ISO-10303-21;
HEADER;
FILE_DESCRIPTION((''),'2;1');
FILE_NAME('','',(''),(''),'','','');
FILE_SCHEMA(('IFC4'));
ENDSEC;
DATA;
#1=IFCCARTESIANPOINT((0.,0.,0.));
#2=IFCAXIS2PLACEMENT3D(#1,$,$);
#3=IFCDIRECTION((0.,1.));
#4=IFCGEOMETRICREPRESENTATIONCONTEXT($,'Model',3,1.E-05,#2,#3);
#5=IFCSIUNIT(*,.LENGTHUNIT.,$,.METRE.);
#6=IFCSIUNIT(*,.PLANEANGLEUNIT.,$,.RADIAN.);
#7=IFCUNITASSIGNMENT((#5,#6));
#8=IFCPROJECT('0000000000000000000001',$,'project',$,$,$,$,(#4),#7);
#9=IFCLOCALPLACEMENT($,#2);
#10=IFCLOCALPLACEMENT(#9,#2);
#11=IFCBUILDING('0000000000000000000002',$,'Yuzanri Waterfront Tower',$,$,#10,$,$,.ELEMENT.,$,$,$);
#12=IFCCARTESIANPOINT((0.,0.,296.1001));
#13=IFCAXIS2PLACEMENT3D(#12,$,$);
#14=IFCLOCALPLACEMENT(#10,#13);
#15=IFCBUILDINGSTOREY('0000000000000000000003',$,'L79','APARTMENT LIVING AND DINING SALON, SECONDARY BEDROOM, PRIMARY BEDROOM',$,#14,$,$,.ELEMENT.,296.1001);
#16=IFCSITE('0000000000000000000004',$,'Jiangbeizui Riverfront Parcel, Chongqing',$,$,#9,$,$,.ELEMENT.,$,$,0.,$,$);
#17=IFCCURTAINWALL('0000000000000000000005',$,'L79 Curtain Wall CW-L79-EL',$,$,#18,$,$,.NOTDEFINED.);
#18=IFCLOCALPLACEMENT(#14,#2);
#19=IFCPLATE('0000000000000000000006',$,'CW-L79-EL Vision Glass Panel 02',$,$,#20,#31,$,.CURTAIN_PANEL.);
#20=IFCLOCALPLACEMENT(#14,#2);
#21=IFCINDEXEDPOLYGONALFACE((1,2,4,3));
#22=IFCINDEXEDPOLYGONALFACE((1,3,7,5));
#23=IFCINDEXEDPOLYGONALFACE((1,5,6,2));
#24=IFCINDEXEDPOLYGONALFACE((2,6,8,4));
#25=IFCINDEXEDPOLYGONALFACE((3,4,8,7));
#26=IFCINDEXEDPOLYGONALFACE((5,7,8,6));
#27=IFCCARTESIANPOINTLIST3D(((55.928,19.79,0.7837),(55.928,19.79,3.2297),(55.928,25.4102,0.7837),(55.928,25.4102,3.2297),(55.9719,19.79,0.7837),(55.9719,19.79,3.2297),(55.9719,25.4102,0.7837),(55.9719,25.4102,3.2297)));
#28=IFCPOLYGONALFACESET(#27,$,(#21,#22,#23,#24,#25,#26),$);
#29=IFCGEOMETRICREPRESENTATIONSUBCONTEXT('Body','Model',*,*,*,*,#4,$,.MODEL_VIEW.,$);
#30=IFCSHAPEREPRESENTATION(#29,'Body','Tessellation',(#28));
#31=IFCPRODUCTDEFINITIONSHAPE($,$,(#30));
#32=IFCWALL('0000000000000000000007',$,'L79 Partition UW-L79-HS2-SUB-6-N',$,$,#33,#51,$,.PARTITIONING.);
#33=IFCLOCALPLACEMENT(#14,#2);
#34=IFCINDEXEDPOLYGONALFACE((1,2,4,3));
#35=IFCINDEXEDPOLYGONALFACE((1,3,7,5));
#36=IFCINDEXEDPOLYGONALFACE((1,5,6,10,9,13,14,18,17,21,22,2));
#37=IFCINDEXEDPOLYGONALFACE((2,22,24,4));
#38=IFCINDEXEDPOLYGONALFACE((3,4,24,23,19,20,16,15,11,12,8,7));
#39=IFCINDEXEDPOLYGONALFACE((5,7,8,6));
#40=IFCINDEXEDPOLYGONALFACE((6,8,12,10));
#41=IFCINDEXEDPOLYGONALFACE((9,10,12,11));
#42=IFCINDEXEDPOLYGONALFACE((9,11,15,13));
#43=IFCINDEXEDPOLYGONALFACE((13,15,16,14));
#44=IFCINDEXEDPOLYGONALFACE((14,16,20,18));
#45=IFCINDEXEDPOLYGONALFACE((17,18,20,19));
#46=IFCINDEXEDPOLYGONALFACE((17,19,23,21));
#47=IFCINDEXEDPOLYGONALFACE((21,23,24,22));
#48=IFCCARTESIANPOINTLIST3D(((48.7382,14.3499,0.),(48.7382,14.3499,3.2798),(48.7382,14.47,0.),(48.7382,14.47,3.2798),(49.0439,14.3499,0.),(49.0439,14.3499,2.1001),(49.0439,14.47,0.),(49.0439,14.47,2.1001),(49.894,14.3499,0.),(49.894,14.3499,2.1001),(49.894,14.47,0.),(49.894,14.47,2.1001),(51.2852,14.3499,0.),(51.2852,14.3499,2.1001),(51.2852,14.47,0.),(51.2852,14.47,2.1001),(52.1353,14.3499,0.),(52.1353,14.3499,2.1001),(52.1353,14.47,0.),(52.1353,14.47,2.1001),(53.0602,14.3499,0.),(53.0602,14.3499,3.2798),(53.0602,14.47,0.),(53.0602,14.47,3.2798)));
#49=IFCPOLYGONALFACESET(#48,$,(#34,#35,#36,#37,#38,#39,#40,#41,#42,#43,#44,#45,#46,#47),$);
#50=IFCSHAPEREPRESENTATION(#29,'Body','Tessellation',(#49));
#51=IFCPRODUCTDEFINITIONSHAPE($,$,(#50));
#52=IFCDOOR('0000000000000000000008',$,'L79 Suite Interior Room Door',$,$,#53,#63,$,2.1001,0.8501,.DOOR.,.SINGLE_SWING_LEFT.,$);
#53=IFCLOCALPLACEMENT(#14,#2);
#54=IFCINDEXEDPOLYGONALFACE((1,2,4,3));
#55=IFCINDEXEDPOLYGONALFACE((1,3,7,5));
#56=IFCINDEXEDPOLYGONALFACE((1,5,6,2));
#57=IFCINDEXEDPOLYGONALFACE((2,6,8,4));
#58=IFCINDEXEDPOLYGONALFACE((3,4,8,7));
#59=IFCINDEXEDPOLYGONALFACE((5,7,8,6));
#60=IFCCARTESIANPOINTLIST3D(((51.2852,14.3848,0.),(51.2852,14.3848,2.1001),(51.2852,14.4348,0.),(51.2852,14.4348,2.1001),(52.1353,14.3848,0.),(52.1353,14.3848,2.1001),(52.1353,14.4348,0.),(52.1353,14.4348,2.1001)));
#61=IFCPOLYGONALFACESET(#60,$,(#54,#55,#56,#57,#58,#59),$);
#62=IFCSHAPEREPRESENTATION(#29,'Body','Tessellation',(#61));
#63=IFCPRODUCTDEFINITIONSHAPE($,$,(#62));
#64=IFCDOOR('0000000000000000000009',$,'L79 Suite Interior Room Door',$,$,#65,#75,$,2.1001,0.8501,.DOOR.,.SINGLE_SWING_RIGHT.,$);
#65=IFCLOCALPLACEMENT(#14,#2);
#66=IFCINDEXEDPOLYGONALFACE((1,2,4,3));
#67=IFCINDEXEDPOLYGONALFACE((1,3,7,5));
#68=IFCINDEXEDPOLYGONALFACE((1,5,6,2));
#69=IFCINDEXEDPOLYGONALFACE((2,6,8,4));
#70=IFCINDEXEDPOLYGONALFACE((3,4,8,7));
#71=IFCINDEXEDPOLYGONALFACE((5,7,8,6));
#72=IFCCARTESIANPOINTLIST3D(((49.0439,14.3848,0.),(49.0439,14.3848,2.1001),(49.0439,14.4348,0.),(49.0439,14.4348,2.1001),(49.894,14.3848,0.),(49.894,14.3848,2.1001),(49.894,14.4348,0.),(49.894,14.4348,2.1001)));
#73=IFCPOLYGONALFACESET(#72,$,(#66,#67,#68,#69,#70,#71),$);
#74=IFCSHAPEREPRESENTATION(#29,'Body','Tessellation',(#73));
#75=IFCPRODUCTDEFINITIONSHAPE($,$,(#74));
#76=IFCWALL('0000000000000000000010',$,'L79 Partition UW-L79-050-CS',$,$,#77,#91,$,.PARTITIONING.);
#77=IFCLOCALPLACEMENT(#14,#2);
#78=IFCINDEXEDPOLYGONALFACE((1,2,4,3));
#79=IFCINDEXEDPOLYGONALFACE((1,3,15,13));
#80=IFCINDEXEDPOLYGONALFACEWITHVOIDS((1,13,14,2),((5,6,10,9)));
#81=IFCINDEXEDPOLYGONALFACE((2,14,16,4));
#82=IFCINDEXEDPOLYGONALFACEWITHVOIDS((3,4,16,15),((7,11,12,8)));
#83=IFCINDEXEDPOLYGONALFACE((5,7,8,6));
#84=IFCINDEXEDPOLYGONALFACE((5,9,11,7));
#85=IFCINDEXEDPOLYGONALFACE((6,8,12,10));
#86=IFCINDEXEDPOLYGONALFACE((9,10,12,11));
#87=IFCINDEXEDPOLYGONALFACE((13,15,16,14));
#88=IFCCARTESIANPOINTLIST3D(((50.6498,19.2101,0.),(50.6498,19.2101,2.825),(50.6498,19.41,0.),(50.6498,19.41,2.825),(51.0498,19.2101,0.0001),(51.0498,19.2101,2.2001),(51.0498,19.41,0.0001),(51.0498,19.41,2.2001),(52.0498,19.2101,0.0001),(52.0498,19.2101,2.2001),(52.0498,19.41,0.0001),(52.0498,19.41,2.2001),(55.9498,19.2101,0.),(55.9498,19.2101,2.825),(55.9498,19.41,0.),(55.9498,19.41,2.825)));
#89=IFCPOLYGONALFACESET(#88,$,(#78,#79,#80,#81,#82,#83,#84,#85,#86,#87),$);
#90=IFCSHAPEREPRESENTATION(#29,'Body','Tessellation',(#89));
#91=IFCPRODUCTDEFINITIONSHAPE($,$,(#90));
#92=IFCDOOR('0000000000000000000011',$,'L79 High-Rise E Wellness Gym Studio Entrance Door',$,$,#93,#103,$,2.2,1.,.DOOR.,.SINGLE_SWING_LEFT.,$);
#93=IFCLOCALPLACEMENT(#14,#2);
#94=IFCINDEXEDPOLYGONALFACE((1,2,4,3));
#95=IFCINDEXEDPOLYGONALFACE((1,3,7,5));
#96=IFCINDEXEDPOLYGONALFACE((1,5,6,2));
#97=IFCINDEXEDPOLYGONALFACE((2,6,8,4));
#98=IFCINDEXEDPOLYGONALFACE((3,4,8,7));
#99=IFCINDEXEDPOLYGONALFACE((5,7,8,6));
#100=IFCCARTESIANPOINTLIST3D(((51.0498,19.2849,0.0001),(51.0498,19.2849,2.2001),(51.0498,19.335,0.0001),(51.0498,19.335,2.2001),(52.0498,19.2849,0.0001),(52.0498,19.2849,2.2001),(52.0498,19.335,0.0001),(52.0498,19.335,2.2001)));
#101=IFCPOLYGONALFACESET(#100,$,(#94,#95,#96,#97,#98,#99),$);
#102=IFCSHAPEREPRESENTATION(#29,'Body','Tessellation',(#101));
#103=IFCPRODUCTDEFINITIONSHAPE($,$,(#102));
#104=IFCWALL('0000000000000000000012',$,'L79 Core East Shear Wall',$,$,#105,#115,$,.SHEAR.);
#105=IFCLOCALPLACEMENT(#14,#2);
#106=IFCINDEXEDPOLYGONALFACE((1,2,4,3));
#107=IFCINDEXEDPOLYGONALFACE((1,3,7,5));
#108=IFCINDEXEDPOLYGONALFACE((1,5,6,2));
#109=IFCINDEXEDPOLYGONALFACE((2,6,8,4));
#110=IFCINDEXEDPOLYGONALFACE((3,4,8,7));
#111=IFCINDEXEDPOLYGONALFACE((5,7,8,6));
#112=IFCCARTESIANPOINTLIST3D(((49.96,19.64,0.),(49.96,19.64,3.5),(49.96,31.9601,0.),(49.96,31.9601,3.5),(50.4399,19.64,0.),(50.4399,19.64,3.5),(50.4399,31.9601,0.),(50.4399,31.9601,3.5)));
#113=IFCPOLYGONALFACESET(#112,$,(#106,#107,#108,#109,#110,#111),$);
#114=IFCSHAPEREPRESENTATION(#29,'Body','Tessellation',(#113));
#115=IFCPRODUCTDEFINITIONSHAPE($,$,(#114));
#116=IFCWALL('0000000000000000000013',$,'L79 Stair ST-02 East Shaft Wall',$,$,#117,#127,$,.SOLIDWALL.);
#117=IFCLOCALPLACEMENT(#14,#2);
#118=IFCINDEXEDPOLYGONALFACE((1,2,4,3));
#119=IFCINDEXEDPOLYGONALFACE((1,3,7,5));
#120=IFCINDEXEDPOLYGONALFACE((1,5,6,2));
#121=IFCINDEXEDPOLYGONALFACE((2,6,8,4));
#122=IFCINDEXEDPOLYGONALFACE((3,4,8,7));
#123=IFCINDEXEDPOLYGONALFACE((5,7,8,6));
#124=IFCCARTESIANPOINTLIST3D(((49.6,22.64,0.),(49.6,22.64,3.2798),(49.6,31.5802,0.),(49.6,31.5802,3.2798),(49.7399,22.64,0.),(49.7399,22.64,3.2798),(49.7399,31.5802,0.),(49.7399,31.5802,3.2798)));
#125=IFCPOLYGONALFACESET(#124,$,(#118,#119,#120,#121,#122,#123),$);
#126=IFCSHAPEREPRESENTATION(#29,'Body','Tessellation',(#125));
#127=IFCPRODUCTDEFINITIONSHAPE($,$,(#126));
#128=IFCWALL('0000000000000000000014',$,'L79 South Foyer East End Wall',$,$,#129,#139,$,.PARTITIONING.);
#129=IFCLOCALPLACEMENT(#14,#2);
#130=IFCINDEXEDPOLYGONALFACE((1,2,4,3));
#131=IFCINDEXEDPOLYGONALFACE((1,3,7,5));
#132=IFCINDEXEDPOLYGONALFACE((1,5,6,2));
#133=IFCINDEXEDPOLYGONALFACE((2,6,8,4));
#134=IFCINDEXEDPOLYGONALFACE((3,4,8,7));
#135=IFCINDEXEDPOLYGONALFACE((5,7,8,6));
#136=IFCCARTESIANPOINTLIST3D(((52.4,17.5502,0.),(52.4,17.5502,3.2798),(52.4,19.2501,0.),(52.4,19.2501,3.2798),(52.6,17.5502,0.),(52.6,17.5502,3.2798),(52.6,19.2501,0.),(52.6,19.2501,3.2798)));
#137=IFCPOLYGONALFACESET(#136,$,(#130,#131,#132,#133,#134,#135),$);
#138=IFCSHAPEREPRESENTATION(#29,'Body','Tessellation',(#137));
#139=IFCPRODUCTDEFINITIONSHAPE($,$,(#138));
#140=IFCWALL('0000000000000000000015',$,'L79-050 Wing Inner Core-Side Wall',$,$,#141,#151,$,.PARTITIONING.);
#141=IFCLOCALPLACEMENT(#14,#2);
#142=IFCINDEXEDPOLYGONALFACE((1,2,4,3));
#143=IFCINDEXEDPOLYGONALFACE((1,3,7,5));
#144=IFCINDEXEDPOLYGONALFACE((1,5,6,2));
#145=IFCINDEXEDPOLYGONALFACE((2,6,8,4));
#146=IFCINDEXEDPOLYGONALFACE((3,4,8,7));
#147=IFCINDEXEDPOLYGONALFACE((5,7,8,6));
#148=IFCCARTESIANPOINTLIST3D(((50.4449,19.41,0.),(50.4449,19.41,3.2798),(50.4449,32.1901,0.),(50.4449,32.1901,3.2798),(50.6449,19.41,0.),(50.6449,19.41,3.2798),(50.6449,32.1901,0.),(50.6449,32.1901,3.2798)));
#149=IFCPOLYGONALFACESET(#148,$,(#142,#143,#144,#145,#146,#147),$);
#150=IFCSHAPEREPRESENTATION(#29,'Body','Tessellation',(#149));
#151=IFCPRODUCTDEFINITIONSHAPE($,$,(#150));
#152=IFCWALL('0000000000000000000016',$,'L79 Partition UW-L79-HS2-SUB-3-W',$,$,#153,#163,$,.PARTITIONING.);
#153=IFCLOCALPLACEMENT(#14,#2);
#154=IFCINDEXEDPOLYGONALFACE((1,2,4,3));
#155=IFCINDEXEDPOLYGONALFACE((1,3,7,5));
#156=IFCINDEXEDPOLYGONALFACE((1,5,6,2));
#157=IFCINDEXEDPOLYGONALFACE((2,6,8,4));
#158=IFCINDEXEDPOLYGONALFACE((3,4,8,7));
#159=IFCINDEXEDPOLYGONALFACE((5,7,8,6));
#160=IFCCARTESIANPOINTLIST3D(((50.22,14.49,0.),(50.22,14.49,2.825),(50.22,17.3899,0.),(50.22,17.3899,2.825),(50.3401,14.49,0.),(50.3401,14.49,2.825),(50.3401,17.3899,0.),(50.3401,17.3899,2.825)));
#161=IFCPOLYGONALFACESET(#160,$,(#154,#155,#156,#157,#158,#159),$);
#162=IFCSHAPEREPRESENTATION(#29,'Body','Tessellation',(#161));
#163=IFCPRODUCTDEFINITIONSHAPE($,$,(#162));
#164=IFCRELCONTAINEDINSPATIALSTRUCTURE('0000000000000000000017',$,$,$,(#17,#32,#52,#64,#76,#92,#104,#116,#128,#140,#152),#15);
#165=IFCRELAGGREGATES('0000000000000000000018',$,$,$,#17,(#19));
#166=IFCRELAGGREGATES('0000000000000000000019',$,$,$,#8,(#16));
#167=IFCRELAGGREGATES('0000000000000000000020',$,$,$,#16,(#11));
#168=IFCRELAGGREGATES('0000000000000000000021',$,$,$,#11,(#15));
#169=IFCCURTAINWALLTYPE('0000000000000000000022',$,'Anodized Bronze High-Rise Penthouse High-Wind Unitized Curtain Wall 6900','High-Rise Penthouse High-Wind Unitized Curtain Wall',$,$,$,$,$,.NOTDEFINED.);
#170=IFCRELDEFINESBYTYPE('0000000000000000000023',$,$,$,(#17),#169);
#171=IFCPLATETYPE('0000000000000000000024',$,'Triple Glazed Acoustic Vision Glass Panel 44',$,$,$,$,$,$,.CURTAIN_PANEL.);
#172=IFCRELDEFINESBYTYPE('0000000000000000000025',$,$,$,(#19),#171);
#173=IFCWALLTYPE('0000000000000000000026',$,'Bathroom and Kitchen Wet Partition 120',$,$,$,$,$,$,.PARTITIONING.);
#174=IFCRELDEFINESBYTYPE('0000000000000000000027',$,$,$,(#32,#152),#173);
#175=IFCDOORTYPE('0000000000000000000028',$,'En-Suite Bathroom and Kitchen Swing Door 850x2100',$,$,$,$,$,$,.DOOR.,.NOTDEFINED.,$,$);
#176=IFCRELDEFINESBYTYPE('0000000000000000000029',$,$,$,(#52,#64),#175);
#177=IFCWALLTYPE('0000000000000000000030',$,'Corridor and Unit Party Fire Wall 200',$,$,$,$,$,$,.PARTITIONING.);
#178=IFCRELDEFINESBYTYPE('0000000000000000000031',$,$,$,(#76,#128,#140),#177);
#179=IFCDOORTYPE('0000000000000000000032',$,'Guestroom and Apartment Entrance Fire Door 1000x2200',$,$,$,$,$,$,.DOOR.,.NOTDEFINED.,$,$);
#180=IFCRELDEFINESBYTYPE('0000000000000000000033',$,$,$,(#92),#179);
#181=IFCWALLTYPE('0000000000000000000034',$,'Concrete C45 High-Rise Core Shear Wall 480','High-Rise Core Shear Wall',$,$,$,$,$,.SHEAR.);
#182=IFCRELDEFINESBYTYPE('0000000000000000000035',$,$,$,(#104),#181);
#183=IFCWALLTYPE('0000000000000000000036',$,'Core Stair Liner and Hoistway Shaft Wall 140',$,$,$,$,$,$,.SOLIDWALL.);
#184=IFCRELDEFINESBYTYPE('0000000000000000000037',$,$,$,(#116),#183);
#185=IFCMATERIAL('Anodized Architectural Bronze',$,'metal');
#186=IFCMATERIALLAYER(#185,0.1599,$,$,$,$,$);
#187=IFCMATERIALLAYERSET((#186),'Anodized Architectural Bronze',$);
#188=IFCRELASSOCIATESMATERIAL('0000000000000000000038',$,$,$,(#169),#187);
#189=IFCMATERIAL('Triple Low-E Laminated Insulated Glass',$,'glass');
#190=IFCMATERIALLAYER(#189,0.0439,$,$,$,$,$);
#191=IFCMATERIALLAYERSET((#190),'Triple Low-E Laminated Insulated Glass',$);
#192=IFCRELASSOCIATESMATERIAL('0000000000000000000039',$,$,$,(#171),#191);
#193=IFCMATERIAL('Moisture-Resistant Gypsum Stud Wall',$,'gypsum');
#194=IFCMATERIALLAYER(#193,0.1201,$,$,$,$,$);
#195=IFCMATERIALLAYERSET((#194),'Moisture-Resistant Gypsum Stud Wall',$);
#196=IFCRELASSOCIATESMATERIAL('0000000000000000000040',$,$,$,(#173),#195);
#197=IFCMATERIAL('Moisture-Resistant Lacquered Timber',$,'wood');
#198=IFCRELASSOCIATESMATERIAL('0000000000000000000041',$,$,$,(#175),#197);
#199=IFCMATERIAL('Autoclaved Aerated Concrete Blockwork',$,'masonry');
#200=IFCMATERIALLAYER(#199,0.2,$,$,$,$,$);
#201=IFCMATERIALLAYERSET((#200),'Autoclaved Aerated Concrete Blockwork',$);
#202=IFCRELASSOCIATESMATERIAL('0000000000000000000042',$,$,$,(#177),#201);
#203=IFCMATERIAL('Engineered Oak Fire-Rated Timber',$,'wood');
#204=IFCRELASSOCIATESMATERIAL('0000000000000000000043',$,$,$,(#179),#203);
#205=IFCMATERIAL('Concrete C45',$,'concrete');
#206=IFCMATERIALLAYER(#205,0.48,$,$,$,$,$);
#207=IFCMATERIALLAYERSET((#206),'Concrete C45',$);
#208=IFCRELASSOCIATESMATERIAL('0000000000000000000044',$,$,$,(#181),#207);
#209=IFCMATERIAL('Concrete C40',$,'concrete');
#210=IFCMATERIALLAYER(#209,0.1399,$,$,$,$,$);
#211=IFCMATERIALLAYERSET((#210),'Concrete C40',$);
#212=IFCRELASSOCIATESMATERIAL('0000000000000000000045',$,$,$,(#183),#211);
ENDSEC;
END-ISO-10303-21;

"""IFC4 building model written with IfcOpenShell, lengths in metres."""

from ifc_helpers import new_model, si_unit, direction, frame, frame_2d, origin, origin_2d, place, context, subcontext, project, spatial, rectangle, extrude, source, transform, mapped, material, layer, layer_set, type_object, element, fill, aggregate, save


model = new_model("IFC4")

# Units and contexts
model_context = context("Model", 3, precision=1e-05, world=origin(), true_north=direction((0.0, 1.0)))
body_context = subcontext(model_context, "Body", "Model", "MODEL_VIEW")
ifc_project = project(units=[si_unit("LENGTHUNIT", "METRE"), si_unit("PLANEANGLEUNIT", "RADIAN")], contexts=[model_context])

# Site, building, storey
site_placement = place(None, origin())
site = spatial("IfcSite", under=ifc_project, at=site_placement, Name="Jiangbeizui Riverfront Parcel, Chongqing", CompositionType="ELEMENT", RefElevation=0.0)
building_placement = place(site_placement, origin())
building = spatial("IfcBuilding", under=site, at=building_placement, Name="Yuzanri Waterfront Tower", CompositionType="ELEMENT")
storey_placement = place(building_placement, frame((0.0, 0.0, 296.1001)))
storey = spatial("IfcBuildingStorey", under=building, at=storey_placement, Name="L79", Description="APARTMENT LIVING AND DINING SALON, SECONDARY BEDROOM, PRIMARY BEDROOM", CompositionType="ELEMENT", Elevation=296.1001)

# Curtain wall, plate
ifc_material_1 = material(Name="Anodized Architectural Bronze", Category="metal")
ifc_layer_1 = layer(ifc_material_1, 0.1599)
ifc_layer_set_1 = layer_set([ifc_layer_1], Name="Anodized Architectural Bronze")
curtain_wall_type = type_object("IfcCurtainWallType", Name="Anodized Bronze High-Rise Penthouse High-Wind Unitized Curtain Wall 6900", Description="High-Rise Penthouse High-Wind Unitized Curtain Wall", PredefinedType="NOTDEFINED", material=ifc_layer_set_1)
curtain_wall_placement = place(storey_placement, origin())
curtain_wall = element("IfcCurtainWall", 1, at=curtain_wall_placement, inside=storey, type_object=curtain_wall_type, Name="L79 Curtain Wall CW-L79-EL", PredefinedType="NOTDEFINED")
ifc_material_2 = material(Name="Triple Low-E Laminated Insulated Glass", Category="glass")
ifc_layer_2 = layer(ifc_material_2, 0.0439)
ifc_layer_set_2 = layer_set([ifc_layer_2], Name="Triple Low-E Laminated Insulated Glass")
plate_type_1 = type_object("IfcPlateType", Name="Triple Glazed Acoustic Vision Glass Panel 44", PredefinedType="CURTAIN_PANEL", material=ifc_layer_set_2)
shared_shape_1 = source(origin(), body_context, "Body", "SweptSolid", [
    extrude(rectangle(XDim=5.6201, YDim=0.0439, at=origin_2d()), origin(), (0.0, 0.0, 1.0), 2.446),
])
plate_1_placement = place(storey_placement, frame((55.95, 22.6001, 0.7837), z_axis=(0.0, 0.0, 1.0), x_axis=(0.0, 1.0, 0.0)))
plate_1 = element("IfcPlate", 2, at=plate_1_placement, type_object=plate_type_1, Name="CW-L79-EL Vision Glass Panel 02", PredefinedType="CURTAIN_PANEL", context=body_context, shape_type="MappedRepresentation", body=[
    mapped(shared_shape_1, transform((0.0, 0.0, 0.0), scale=1.0)),
])
aggregate(curtain_wall, [plate_1])

# Wall, openings, doors
ifc_material_3 = material(Name="Moisture-Resistant Gypsum Stud Wall", Category="gypsum")
ifc_layer_3 = layer(ifc_material_3, 0.1201)
ifc_layer_set_3 = layer_set([ifc_layer_3], Name="Moisture-Resistant Gypsum Stud Wall")
wall_type_1 = type_object("IfcWallType", Name="Bathroom and Kitchen Wet Partition 120", PredefinedType="PARTITIONING", material=ifc_layer_set_3)
wall_1_placement = place(storey_placement, frame((48.738, 14.4099, 0.0), z_axis=(0.0, 0.0, 1.0), x_axis=(1.0, 0.0, 0.0)))
wall_1 = element("IfcWall", 3, at=wall_1_placement, inside=storey, type_object=wall_type_1, Name="L79 Partition UW-L79-HS2-SUB-6-N", PredefinedType="PARTITIONING", context=body_context, shape_type="SweptSolid", body=[
    extrude(rectangle(XDim=4.322, YDim=0.1201, at=frame_2d((2.1611, 0.0))), origin(), (0.0, 0.0, 1.0), 3.2798),
])
opening_1_placement = place(wall_1_placement, frame((2.5471, 0.0, 0.0)))
opening_1 = element("IfcOpeningElement", 4, at=opening_1_placement, cuts=wall_1, PredefinedType="OPENING", context=body_context, shape_type="SweptSolid", body=[
    extrude(rectangle(XDim=0.8501, YDim=2.1001, at=frame_2d((0.425, 1.05))), frame((0.0, 0.075, 0.0), z_axis=(0.0, -1.0, 0.0), x_axis=(1.0, 0.0, 0.0)), (0.0, 0.0, 1.0), 0.1499),
])
opening_2_placement = place(wall_1_placement, frame((0.3059, 0.0, 0.0)))
opening_2 = element("IfcOpeningElement", 5, at=opening_2_placement, cuts=wall_1, PredefinedType="OPENING", context=body_context, shape_type="SweptSolid", body=[
    extrude(rectangle(XDim=0.8501, YDim=2.1001, at=frame_2d((0.425, 1.05))), frame((0.0, 0.075, 0.0), z_axis=(0.0, -1.0, 0.0), x_axis=(1.0, 0.0, 0.0)), (0.0, 0.0, 1.0), 0.1499),
])
ifc_material_4 = material(Name="Moisture-Resistant Lacquered Timber", Category="wood")
door_type_1 = type_object("IfcDoorType", Name="En-Suite Bathroom and Kitchen Swing Door 850x2100", OperationType="NOTDEFINED", PredefinedType="DOOR", material=ifc_material_4)
shared_shape_2 = source(origin(), body_context, "Body", "SweptSolid", [
    extrude(rectangle(XDim=0.8501, YDim=2.1001, at=frame_2d((0.425, 1.05))), frame((0.0, 0.0249, 0.0), z_axis=(0.0, -1.0, 0.0), x_axis=(1.0, 0.0, 0.0)), (0.0, 0.0, 1.0), 0.05),
])
door_1_placement = place(opening_1_placement, origin())
door_1 = element("IfcDoor", 6, at=door_1_placement, inside=storey, type_object=door_type_1, Name="L79 Suite Interior Room Door", OperationType="SINGLE_SWING_LEFT", OverallHeight=2.1001, OverallWidth=0.8501, PredefinedType="DOOR", context=body_context, shape_type="MappedRepresentation", body=[
    mapped(shared_shape_2, transform((0.0, 0.0, 0.0), scale=1.0)),
])
fill(opening_1, door_1)
door_2_placement = place(opening_2_placement, origin())
door_2 = element("IfcDoor", 7, at=door_2_placement, inside=storey, type_object=door_type_1, Name="L79 Suite Interior Room Door", OperationType="SINGLE_SWING_RIGHT", OverallHeight=2.1001, OverallWidth=0.8501, PredefinedType="DOOR", context=body_context, shape_type="MappedRepresentation", body=[
    mapped(shared_shape_2, transform((0.0, 0.0, 0.0), scale=1.0)),
])
fill(opening_2, door_2)

# Wall, opening, door
ifc_material_5 = material(Name="Autoclaved Aerated Concrete Blockwork", Category="masonry")
ifc_layer_4 = layer(ifc_material_5, 0.2)
ifc_layer_set_4 = layer_set([ifc_layer_4], Name="Autoclaved Aerated Concrete Blockwork")
wall_type_2 = type_object("IfcWallType", Name="Corridor and Unit Party Fire Wall 200", PredefinedType="PARTITIONING", material=ifc_layer_set_4)
wall_2_placement = place(storey_placement, frame((50.6499, 19.3101, 0.0), z_axis=(0.0, 0.0, 1.0), x_axis=(1.0, 0.0, 0.0)))
wall_2 = element("IfcWall", 8, at=wall_2_placement, inside=storey, type_object=wall_type_2, Name="L79 Partition UW-L79-050-CS", PredefinedType="PARTITIONING", context=body_context, shape_type="SweptSolid", body=[
    extrude(rectangle(XDim=5.3, YDim=0.2, at=frame_2d((2.6499, 0.0))), origin(), (0.0, 0.0, 1.0), 2.825),
])
opening_3_placement = place(wall_2_placement, frame((0.3999, 0.0, 0.0)))
opening_3 = element("IfcOpeningElement", 9, at=opening_3_placement, cuts=wall_2, PredefinedType="OPENING", context=body_context, shape_type="SweptSolid", body=[
    extrude(rectangle(XDim=1.0, YDim=2.2, at=frame_2d((0.5, 1.1001))), frame((0.0, 0.1147, 0.0), z_axis=(0.0, -1.0, 0.0), x_axis=(1.0, 0.0, 0.0)), (0.0, 0.0, 1.0), 0.2297),
])
ifc_material_6 = material(Name="Engineered Oak Fire-Rated Timber", Category="wood")
door_type_2 = type_object("IfcDoorType", Name="Guestroom and Apartment Entrance Fire Door 1000x2200", OperationType="NOTDEFINED", PredefinedType="DOOR", material=ifc_material_6)
shared_shape_3 = source(origin(), body_context, "Body", "SweptSolid", [
    extrude(rectangle(XDim=1.0, YDim=2.2, at=frame_2d((0.5, 1.1001))), frame((0.0, 0.0249, 0.0), z_axis=(0.0, -1.0, 0.0), x_axis=(1.0, 0.0, 0.0)), (0.0, 0.0, 1.0), 0.05),
])
door_3_placement = place(opening_3_placement, origin())
door_3 = element("IfcDoor", 10, at=door_3_placement, inside=storey, type_object=door_type_2, Name="L79 High-Rise E Wellness Gym Studio Entrance Door", OperationType="SINGLE_SWING_LEFT", OverallHeight=2.2, OverallWidth=1.0, PredefinedType="DOOR", context=body_context, shape_type="MappedRepresentation", body=[
    mapped(shared_shape_3, transform((0.0, 0.0, 0.0), scale=1.0)),
])
fill(opening_3, door_3)

# Walls
ifc_material_7 = material(Name="Concrete C45", Category="concrete")
ifc_layer_5 = layer(ifc_material_7, 0.48)
ifc_layer_set_5 = layer_set([ifc_layer_5], Name="Concrete C45")
wall_type_3 = type_object("IfcWallType", Name="Concrete C45 High-Rise Core Shear Wall 480", Description="High-Rise Core Shear Wall", PredefinedType="SHEAR", material=ifc_layer_set_5)
shared_shape_4 = source(origin(), body_context, "Body", "SweptSolid", [
    extrude(rectangle(XDim=12.3201, YDim=0.48, at=frame_2d((6.1602, 0.0))), origin(), (0.0, 0.0, 1.0), 3.5),
])
wall_3_placement = place(storey_placement, frame((50.2, 19.6399, 0.0), z_axis=(0.0, 0.0, 1.0), x_axis=(0.0, 1.0, 0.0)))
element("IfcWall", 11, at=wall_3_placement, inside=storey, type_object=wall_type_3, Name="L79 Core East Shear Wall", PredefinedType="SHEAR", context=body_context, shape_type="MappedRepresentation", body=[
    mapped(shared_shape_4, transform((0.0, 0.0, 0.0), scale=1.0)),
])
ifc_material_8 = material(Name="Concrete C40", Category="concrete")
ifc_layer_6 = layer(ifc_material_8, 0.1399)
ifc_layer_set_6 = layer_set([ifc_layer_6], Name="Concrete C40")
wall_type_4 = type_object("IfcWallType", Name="Core Stair Liner and Hoistway Shaft Wall 140", PredefinedType="SOLIDWALL", material=ifc_layer_set_6)
shared_shape_5 = source(origin(), body_context, "Body", "SweptSolid", [
    extrude(rectangle(XDim=8.9402, YDim=0.1399, at=frame_2d((4.4702, 0.0))), origin(), (0.0, 0.0, 1.0), 3.2798),
])
wall_4_placement = place(storey_placement, frame((49.6699, 22.6399, 0.0), z_axis=(0.0, 0.0, 1.0), x_axis=(0.0, 1.0, 0.0)))
element("IfcWall", 12, at=wall_4_placement, inside=storey, type_object=wall_type_4, Name="L79 Stair ST-02 East Shaft Wall", PredefinedType="SOLIDWALL", context=body_context, shape_type="MappedRepresentation", body=[
    mapped(shared_shape_5, transform((0.0, 0.0, 0.0), scale=1.0)),
])
shared_shape_6 = source(origin(), body_context, "Body", "SweptSolid", [
    extrude(rectangle(XDim=1.7, YDim=0.2, at=frame_2d((0.8501, 0.0))), origin(), (0.0, 0.0, 1.0), 3.2798),
])
wall_5_placement = place(storey_placement, frame((52.5, 17.55, 0.0), z_axis=(0.0, 0.0, 1.0), x_axis=(0.0, 1.0, 0.0)))
element("IfcWall", 13, at=wall_5_placement, inside=storey, type_object=wall_type_2, Name="L79 South Foyer East End Wall", PredefinedType="PARTITIONING", context=body_context, shape_type="MappedRepresentation", body=[
    mapped(shared_shape_6, transform((0.0, 0.0, 0.0), scale=1.0)),
])
shared_shape_7 = source(origin(), body_context, "Body", "SweptSolid", [
    extrude(rectangle(XDim=12.78, YDim=0.2, at=frame_2d((6.3901, 0.0))), origin(), (0.0, 0.0, 1.0), 3.2798),
])
wall_6_placement = place(storey_placement, frame((50.5449, 19.4099, 0.0), z_axis=(0.0, 0.0, 1.0), x_axis=(0.0, 1.0, 0.0)))
element("IfcWall", 14, at=wall_6_placement, inside=storey, type_object=wall_type_2, Name="L79-050 Wing Inner Core-Side Wall", PredefinedType="PARTITIONING", context=body_context, shape_type="MappedRepresentation", body=[
    mapped(shared_shape_7, transform((0.0, 0.0, 0.0), scale=1.0)),
])
shared_shape_8 = source(origin(), body_context, "Body", "SweptSolid", [
    extrude(rectangle(XDim=2.8999, YDim=0.1201, at=frame_2d((1.45, 0.0))), origin(), (0.0, 0.0, 1.0), 2.825),
])
wall_7_placement = place(storey_placement, frame((50.28, 14.49, 0.0), z_axis=(0.0, 0.0, 1.0), x_axis=(0.0, 1.0, 0.0)))
element("IfcWall", 15, at=wall_7_placement, inside=storey, type_object=wall_type_1, Name="L79 Partition UW-L79-HS2-SUB-3-W", PredefinedType="PARTITIONING", context=body_context, shape_type="MappedRepresentation", body=[
    mapped(shared_shape_8, transform((0.0, 0.0, 0.0), scale=1.0)),
])

save(model, "model.ifc")
